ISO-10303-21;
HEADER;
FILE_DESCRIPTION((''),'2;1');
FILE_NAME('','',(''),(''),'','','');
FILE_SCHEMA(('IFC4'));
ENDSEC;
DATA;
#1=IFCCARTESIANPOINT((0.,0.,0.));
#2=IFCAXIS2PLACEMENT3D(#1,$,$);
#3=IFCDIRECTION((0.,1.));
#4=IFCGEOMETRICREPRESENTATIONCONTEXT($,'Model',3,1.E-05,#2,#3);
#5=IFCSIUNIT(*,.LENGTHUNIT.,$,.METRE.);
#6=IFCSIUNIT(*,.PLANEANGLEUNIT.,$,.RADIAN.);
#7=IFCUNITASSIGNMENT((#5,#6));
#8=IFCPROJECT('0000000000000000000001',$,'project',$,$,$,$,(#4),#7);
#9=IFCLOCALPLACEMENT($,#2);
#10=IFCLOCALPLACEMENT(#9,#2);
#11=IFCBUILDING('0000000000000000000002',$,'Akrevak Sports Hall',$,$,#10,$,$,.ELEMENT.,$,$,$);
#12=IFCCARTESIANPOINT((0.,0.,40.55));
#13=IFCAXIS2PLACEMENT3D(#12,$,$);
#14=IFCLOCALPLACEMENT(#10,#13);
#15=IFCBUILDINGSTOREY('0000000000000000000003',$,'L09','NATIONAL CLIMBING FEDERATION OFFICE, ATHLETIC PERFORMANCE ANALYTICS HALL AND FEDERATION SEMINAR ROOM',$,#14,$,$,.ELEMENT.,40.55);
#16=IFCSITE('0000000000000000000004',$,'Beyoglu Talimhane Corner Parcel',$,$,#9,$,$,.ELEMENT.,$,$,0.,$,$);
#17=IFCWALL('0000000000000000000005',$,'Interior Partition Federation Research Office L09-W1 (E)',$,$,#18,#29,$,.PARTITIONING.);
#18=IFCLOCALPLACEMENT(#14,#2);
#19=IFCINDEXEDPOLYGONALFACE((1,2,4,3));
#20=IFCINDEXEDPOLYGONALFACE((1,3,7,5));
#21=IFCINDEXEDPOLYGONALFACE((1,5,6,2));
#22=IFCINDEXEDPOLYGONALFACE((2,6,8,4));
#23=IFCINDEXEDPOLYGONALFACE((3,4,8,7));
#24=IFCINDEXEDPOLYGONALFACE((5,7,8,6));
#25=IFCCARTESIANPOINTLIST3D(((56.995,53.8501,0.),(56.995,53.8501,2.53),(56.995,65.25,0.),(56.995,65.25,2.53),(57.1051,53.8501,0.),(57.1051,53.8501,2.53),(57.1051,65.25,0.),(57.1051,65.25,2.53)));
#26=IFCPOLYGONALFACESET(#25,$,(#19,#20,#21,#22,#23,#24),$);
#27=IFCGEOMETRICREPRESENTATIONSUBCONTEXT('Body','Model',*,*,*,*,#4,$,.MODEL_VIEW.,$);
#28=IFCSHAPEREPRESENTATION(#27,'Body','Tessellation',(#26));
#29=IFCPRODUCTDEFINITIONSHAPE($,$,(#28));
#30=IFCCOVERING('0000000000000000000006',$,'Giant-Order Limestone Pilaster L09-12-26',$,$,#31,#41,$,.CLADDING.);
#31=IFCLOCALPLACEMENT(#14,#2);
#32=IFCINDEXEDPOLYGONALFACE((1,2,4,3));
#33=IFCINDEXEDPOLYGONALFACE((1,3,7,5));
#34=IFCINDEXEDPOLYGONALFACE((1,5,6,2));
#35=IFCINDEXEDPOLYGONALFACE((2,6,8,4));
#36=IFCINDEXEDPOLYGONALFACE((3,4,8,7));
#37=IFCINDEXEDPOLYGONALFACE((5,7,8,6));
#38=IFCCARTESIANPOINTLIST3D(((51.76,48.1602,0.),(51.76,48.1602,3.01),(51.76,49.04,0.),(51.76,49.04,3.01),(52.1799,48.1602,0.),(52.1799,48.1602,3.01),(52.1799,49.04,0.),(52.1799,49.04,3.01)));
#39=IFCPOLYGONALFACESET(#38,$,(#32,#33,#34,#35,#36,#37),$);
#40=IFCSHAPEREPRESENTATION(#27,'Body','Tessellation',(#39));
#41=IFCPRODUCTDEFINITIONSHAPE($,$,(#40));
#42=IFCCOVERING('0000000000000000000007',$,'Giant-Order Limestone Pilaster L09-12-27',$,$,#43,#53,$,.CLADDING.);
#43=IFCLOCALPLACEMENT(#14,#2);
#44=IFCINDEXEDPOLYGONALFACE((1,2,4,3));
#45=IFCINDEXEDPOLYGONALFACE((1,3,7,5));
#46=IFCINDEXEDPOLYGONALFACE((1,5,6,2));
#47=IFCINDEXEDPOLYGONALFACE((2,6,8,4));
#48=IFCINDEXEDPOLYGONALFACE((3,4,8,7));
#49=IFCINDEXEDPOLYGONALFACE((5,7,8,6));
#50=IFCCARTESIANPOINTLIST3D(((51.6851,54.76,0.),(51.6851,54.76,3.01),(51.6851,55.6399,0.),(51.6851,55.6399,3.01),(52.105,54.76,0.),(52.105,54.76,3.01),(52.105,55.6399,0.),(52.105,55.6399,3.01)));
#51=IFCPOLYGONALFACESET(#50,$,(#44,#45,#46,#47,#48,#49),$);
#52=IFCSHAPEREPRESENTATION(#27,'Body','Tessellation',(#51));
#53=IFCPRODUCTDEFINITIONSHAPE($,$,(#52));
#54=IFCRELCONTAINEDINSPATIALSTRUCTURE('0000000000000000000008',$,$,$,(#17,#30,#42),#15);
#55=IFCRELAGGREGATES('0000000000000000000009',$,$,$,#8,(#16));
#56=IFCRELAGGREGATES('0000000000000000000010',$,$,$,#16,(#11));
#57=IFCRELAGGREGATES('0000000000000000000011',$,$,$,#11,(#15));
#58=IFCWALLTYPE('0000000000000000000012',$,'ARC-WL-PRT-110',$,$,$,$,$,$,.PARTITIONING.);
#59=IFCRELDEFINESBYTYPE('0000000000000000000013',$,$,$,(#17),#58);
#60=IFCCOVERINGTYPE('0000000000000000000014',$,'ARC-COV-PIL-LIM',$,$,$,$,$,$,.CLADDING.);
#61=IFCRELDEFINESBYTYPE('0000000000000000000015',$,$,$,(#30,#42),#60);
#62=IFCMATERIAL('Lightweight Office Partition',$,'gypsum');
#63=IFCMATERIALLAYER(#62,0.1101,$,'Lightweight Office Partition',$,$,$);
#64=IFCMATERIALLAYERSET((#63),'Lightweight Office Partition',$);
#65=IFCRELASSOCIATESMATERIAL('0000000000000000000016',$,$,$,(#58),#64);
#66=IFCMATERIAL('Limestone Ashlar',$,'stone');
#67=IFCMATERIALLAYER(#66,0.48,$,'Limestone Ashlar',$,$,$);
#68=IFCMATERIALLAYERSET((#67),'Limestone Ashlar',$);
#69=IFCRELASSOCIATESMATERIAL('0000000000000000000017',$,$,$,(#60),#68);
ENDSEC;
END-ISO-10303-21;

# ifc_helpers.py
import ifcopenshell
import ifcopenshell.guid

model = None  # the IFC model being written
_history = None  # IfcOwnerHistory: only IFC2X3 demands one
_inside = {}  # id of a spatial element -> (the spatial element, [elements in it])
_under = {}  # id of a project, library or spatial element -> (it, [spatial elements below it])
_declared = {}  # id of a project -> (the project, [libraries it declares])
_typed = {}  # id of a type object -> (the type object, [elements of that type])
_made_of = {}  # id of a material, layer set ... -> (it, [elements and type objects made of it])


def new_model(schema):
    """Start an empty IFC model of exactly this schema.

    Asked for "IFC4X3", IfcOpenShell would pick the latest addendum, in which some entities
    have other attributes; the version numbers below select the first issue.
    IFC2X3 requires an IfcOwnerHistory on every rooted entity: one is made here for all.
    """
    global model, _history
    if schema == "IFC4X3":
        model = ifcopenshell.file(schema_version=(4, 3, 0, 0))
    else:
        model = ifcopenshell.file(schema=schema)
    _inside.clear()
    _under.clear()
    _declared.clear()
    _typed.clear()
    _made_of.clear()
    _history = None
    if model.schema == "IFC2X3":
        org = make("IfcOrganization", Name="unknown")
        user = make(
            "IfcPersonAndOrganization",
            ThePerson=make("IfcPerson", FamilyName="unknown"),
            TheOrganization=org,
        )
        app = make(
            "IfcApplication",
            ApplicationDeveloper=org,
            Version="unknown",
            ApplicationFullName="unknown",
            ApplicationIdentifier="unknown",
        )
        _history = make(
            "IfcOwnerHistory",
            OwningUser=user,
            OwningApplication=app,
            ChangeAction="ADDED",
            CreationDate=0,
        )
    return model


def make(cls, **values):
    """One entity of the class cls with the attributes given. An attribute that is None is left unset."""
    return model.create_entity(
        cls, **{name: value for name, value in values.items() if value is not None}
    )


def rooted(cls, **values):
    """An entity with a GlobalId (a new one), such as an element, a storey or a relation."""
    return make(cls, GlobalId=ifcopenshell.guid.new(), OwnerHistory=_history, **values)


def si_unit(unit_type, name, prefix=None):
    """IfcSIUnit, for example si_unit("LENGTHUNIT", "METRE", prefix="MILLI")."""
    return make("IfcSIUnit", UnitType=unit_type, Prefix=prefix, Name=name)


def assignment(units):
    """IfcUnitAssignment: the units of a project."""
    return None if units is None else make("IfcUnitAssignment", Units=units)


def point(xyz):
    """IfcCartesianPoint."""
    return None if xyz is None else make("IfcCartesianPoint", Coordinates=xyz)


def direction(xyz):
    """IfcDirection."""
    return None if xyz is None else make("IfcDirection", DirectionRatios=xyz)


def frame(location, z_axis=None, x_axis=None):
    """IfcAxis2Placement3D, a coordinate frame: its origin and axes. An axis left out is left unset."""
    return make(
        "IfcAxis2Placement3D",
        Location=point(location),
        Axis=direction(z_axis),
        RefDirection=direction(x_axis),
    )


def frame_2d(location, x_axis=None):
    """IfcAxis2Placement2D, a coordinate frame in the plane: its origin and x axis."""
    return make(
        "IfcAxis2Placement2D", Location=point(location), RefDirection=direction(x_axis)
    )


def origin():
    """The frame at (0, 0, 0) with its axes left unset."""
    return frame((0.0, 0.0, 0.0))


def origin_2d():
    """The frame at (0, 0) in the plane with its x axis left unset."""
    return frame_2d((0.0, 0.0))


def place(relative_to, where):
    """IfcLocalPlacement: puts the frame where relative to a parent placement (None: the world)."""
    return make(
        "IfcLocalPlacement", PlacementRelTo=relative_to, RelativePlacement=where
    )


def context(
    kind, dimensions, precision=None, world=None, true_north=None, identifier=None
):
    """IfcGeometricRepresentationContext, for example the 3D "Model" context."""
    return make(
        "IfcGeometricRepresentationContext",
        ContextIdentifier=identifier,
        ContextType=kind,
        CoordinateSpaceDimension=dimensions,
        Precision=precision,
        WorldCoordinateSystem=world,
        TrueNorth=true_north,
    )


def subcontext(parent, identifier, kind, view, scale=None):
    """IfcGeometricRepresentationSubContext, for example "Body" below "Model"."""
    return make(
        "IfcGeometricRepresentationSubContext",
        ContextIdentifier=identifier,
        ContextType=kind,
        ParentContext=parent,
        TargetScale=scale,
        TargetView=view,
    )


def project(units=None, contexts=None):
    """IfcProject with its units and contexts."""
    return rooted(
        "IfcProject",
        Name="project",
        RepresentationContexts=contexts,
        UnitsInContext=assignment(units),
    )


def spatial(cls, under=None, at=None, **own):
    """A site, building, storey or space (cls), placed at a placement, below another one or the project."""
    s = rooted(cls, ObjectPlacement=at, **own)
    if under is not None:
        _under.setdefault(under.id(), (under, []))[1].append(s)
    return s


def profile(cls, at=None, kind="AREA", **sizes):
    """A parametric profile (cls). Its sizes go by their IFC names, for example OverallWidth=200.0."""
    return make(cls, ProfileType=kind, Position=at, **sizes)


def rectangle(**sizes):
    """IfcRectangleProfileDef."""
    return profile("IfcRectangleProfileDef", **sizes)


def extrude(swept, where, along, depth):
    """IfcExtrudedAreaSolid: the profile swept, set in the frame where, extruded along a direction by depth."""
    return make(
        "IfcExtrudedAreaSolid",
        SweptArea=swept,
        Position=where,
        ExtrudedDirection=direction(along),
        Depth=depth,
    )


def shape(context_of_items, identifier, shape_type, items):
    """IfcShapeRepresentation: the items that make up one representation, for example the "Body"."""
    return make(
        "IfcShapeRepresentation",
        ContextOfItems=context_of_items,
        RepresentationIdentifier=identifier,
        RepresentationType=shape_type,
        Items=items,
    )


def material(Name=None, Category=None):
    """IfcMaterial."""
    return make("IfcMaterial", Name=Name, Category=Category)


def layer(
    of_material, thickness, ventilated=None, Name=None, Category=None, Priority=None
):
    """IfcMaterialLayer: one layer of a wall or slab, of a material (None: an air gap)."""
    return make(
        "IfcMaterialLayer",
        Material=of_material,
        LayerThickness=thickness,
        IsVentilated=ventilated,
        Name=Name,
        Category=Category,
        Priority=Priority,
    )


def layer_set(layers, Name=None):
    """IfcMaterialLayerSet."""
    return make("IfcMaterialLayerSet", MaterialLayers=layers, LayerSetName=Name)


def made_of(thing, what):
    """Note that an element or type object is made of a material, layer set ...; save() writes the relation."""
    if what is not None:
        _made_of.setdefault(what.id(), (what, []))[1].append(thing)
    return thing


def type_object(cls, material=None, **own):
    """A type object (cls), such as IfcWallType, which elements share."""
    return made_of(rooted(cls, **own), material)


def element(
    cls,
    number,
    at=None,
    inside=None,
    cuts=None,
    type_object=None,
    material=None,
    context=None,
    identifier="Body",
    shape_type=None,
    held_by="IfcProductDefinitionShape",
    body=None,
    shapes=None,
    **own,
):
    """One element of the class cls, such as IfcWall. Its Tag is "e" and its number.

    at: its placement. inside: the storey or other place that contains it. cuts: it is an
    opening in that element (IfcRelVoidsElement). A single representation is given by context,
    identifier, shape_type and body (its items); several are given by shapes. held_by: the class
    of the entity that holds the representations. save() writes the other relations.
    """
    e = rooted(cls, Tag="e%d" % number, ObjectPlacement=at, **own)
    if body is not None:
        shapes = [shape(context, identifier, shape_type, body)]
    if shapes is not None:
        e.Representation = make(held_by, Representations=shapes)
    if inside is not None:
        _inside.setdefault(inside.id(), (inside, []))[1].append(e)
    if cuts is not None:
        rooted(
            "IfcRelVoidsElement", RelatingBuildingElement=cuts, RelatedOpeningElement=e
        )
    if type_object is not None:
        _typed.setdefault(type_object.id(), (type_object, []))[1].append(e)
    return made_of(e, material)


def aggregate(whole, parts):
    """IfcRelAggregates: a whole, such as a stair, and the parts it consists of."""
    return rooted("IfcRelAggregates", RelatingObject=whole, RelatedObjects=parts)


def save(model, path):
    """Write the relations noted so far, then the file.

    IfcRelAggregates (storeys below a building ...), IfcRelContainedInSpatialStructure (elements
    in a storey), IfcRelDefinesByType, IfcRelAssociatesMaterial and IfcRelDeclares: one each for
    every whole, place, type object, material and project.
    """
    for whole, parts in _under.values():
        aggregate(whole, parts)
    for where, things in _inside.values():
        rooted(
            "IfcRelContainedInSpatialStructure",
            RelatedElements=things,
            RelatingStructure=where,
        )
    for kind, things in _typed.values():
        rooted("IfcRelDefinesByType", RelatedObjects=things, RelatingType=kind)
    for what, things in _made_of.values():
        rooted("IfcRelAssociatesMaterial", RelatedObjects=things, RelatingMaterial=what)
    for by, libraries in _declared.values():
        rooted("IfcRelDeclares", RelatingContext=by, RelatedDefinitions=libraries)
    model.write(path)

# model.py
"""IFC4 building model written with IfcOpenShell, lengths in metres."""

from ifc_helpers import new_model, si_unit, direction, frame, frame_2d, origin, origin_2d, place, context, subcontext, project, spatial, rectangle, extrude, material, layer, layer_set, type_object, element, save


model = new_model("IFC4")

# Units and contexts
model_context = context("Model", 3, precision=1e-05, world=origin(), true_north=direction((0.0, 1.0)))
body_context = subcontext(model_context, "Body", "Model", "MODEL_VIEW")
ifc_project = project(units=[si_unit("LENGTHUNIT", "METRE"), si_unit("PLANEANGLEUNIT", "RADIAN")], contexts=[model_context])

# Site, building, storey
site_placement = place(None, origin())
site = spatial("IfcSite", under=ifc_project, at=site_placement, Name="Beyoglu Talimhane Corner Parcel", CompositionType="ELEMENT", RefElevation=0.0)
building_placement = place(site_placement, origin())
building = spatial("IfcBuilding", under=site, at=building_placement, Name="Akrevak Sports Hall", CompositionType="ELEMENT")
storey_placement = place(building_placement, frame((0.0, 0.0, 40.55)))
storey = spatial("IfcBuildingStorey", under=building, at=storey_placement, Name="L09", Description="NATIONAL CLIMBING FEDERATION OFFICE, ATHLETIC PERFORMANCE ANALYTICS HALL AND FEDERATION SEMINAR ROOM", CompositionType="ELEMENT", Elevation=40.55)

# Shared definitions
ifc_material_1 = material(Name="Lightweight Office Partition", Category="gypsum")
ifc_layer_1 = layer(ifc_material_1, 0.1101, Name="Lightweight Office Partition")
ifc_layer_set_1 = layer_set([ifc_layer_1], Name="Lightweight Office Partition")
wall_type_1 = type_object("IfcWallType", Name="ARC-WL-PRT-110", PredefinedType="PARTITIONING", material=ifc_layer_set_1)

# Wall
wall_1_placement = place(storey_placement, frame((57.05, 53.8501, 0.0), z_axis=(0.0, 0.0, 1.0), x_axis=(0.0, 1.0, 0.0)))
element("IfcWall", 1, at=wall_1_placement, inside=storey, type_object=wall_type_1, Name="Interior Partition Federation Research Office L09-W1 (E)", PredefinedType="PARTITIONING", context=body_context, shape_type="SweptSolid", body=[
    extrude(rectangle(XDim=11.3999, YDim=0.1101, at=frame_2d((5.7, 0.0))), origin(), (0.0, 0.0, 1.0), 2.53),
])

# Coverings
ifc_material_2 = material(Name="Limestone Ashlar", Category="stone")
ifc_layer_2 = layer(ifc_material_2, 0.48, Name="Limestone Ashlar")
ifc_layer_set_2 = layer_set([ifc_layer_2], Name="Limestone Ashlar")
covering_type = type_object("IfcCoveringType", Name="ARC-COV-PIL-LIM", PredefinedType="CLADDING", material=ifc_layer_set_2)
for number, where, z_axis, x_axis, name in (
    (2, (51.97, 48.6001, 0.0), (0.0, 0.0, 1.0), (0.0, -1.0, 0.0), "Giant-Order Limestone Pilaster L09-12-26"),
    (3, (51.895, 55.2, 0.0), (0.0, 0.0, 1.0), (0.0, -1.0, 0.0), "Giant-Order Limestone Pilaster L09-12-27"),
):
    element("IfcCovering", number, at=place(storey_placement, frame(where, z_axis=z_axis, x_axis=x_axis)), inside=storey, type_object=covering_type, Name=name, PredefinedType="CLADDING", context=body_context, shape_type="SweptSolid", body=[
        extrude(rectangle(XDim=0.8799, YDim=0.4199, at=origin_2d()), origin(), (0.0, 0.0, 1.0), 3.01),
    ])

save(model, "model.ifc")
